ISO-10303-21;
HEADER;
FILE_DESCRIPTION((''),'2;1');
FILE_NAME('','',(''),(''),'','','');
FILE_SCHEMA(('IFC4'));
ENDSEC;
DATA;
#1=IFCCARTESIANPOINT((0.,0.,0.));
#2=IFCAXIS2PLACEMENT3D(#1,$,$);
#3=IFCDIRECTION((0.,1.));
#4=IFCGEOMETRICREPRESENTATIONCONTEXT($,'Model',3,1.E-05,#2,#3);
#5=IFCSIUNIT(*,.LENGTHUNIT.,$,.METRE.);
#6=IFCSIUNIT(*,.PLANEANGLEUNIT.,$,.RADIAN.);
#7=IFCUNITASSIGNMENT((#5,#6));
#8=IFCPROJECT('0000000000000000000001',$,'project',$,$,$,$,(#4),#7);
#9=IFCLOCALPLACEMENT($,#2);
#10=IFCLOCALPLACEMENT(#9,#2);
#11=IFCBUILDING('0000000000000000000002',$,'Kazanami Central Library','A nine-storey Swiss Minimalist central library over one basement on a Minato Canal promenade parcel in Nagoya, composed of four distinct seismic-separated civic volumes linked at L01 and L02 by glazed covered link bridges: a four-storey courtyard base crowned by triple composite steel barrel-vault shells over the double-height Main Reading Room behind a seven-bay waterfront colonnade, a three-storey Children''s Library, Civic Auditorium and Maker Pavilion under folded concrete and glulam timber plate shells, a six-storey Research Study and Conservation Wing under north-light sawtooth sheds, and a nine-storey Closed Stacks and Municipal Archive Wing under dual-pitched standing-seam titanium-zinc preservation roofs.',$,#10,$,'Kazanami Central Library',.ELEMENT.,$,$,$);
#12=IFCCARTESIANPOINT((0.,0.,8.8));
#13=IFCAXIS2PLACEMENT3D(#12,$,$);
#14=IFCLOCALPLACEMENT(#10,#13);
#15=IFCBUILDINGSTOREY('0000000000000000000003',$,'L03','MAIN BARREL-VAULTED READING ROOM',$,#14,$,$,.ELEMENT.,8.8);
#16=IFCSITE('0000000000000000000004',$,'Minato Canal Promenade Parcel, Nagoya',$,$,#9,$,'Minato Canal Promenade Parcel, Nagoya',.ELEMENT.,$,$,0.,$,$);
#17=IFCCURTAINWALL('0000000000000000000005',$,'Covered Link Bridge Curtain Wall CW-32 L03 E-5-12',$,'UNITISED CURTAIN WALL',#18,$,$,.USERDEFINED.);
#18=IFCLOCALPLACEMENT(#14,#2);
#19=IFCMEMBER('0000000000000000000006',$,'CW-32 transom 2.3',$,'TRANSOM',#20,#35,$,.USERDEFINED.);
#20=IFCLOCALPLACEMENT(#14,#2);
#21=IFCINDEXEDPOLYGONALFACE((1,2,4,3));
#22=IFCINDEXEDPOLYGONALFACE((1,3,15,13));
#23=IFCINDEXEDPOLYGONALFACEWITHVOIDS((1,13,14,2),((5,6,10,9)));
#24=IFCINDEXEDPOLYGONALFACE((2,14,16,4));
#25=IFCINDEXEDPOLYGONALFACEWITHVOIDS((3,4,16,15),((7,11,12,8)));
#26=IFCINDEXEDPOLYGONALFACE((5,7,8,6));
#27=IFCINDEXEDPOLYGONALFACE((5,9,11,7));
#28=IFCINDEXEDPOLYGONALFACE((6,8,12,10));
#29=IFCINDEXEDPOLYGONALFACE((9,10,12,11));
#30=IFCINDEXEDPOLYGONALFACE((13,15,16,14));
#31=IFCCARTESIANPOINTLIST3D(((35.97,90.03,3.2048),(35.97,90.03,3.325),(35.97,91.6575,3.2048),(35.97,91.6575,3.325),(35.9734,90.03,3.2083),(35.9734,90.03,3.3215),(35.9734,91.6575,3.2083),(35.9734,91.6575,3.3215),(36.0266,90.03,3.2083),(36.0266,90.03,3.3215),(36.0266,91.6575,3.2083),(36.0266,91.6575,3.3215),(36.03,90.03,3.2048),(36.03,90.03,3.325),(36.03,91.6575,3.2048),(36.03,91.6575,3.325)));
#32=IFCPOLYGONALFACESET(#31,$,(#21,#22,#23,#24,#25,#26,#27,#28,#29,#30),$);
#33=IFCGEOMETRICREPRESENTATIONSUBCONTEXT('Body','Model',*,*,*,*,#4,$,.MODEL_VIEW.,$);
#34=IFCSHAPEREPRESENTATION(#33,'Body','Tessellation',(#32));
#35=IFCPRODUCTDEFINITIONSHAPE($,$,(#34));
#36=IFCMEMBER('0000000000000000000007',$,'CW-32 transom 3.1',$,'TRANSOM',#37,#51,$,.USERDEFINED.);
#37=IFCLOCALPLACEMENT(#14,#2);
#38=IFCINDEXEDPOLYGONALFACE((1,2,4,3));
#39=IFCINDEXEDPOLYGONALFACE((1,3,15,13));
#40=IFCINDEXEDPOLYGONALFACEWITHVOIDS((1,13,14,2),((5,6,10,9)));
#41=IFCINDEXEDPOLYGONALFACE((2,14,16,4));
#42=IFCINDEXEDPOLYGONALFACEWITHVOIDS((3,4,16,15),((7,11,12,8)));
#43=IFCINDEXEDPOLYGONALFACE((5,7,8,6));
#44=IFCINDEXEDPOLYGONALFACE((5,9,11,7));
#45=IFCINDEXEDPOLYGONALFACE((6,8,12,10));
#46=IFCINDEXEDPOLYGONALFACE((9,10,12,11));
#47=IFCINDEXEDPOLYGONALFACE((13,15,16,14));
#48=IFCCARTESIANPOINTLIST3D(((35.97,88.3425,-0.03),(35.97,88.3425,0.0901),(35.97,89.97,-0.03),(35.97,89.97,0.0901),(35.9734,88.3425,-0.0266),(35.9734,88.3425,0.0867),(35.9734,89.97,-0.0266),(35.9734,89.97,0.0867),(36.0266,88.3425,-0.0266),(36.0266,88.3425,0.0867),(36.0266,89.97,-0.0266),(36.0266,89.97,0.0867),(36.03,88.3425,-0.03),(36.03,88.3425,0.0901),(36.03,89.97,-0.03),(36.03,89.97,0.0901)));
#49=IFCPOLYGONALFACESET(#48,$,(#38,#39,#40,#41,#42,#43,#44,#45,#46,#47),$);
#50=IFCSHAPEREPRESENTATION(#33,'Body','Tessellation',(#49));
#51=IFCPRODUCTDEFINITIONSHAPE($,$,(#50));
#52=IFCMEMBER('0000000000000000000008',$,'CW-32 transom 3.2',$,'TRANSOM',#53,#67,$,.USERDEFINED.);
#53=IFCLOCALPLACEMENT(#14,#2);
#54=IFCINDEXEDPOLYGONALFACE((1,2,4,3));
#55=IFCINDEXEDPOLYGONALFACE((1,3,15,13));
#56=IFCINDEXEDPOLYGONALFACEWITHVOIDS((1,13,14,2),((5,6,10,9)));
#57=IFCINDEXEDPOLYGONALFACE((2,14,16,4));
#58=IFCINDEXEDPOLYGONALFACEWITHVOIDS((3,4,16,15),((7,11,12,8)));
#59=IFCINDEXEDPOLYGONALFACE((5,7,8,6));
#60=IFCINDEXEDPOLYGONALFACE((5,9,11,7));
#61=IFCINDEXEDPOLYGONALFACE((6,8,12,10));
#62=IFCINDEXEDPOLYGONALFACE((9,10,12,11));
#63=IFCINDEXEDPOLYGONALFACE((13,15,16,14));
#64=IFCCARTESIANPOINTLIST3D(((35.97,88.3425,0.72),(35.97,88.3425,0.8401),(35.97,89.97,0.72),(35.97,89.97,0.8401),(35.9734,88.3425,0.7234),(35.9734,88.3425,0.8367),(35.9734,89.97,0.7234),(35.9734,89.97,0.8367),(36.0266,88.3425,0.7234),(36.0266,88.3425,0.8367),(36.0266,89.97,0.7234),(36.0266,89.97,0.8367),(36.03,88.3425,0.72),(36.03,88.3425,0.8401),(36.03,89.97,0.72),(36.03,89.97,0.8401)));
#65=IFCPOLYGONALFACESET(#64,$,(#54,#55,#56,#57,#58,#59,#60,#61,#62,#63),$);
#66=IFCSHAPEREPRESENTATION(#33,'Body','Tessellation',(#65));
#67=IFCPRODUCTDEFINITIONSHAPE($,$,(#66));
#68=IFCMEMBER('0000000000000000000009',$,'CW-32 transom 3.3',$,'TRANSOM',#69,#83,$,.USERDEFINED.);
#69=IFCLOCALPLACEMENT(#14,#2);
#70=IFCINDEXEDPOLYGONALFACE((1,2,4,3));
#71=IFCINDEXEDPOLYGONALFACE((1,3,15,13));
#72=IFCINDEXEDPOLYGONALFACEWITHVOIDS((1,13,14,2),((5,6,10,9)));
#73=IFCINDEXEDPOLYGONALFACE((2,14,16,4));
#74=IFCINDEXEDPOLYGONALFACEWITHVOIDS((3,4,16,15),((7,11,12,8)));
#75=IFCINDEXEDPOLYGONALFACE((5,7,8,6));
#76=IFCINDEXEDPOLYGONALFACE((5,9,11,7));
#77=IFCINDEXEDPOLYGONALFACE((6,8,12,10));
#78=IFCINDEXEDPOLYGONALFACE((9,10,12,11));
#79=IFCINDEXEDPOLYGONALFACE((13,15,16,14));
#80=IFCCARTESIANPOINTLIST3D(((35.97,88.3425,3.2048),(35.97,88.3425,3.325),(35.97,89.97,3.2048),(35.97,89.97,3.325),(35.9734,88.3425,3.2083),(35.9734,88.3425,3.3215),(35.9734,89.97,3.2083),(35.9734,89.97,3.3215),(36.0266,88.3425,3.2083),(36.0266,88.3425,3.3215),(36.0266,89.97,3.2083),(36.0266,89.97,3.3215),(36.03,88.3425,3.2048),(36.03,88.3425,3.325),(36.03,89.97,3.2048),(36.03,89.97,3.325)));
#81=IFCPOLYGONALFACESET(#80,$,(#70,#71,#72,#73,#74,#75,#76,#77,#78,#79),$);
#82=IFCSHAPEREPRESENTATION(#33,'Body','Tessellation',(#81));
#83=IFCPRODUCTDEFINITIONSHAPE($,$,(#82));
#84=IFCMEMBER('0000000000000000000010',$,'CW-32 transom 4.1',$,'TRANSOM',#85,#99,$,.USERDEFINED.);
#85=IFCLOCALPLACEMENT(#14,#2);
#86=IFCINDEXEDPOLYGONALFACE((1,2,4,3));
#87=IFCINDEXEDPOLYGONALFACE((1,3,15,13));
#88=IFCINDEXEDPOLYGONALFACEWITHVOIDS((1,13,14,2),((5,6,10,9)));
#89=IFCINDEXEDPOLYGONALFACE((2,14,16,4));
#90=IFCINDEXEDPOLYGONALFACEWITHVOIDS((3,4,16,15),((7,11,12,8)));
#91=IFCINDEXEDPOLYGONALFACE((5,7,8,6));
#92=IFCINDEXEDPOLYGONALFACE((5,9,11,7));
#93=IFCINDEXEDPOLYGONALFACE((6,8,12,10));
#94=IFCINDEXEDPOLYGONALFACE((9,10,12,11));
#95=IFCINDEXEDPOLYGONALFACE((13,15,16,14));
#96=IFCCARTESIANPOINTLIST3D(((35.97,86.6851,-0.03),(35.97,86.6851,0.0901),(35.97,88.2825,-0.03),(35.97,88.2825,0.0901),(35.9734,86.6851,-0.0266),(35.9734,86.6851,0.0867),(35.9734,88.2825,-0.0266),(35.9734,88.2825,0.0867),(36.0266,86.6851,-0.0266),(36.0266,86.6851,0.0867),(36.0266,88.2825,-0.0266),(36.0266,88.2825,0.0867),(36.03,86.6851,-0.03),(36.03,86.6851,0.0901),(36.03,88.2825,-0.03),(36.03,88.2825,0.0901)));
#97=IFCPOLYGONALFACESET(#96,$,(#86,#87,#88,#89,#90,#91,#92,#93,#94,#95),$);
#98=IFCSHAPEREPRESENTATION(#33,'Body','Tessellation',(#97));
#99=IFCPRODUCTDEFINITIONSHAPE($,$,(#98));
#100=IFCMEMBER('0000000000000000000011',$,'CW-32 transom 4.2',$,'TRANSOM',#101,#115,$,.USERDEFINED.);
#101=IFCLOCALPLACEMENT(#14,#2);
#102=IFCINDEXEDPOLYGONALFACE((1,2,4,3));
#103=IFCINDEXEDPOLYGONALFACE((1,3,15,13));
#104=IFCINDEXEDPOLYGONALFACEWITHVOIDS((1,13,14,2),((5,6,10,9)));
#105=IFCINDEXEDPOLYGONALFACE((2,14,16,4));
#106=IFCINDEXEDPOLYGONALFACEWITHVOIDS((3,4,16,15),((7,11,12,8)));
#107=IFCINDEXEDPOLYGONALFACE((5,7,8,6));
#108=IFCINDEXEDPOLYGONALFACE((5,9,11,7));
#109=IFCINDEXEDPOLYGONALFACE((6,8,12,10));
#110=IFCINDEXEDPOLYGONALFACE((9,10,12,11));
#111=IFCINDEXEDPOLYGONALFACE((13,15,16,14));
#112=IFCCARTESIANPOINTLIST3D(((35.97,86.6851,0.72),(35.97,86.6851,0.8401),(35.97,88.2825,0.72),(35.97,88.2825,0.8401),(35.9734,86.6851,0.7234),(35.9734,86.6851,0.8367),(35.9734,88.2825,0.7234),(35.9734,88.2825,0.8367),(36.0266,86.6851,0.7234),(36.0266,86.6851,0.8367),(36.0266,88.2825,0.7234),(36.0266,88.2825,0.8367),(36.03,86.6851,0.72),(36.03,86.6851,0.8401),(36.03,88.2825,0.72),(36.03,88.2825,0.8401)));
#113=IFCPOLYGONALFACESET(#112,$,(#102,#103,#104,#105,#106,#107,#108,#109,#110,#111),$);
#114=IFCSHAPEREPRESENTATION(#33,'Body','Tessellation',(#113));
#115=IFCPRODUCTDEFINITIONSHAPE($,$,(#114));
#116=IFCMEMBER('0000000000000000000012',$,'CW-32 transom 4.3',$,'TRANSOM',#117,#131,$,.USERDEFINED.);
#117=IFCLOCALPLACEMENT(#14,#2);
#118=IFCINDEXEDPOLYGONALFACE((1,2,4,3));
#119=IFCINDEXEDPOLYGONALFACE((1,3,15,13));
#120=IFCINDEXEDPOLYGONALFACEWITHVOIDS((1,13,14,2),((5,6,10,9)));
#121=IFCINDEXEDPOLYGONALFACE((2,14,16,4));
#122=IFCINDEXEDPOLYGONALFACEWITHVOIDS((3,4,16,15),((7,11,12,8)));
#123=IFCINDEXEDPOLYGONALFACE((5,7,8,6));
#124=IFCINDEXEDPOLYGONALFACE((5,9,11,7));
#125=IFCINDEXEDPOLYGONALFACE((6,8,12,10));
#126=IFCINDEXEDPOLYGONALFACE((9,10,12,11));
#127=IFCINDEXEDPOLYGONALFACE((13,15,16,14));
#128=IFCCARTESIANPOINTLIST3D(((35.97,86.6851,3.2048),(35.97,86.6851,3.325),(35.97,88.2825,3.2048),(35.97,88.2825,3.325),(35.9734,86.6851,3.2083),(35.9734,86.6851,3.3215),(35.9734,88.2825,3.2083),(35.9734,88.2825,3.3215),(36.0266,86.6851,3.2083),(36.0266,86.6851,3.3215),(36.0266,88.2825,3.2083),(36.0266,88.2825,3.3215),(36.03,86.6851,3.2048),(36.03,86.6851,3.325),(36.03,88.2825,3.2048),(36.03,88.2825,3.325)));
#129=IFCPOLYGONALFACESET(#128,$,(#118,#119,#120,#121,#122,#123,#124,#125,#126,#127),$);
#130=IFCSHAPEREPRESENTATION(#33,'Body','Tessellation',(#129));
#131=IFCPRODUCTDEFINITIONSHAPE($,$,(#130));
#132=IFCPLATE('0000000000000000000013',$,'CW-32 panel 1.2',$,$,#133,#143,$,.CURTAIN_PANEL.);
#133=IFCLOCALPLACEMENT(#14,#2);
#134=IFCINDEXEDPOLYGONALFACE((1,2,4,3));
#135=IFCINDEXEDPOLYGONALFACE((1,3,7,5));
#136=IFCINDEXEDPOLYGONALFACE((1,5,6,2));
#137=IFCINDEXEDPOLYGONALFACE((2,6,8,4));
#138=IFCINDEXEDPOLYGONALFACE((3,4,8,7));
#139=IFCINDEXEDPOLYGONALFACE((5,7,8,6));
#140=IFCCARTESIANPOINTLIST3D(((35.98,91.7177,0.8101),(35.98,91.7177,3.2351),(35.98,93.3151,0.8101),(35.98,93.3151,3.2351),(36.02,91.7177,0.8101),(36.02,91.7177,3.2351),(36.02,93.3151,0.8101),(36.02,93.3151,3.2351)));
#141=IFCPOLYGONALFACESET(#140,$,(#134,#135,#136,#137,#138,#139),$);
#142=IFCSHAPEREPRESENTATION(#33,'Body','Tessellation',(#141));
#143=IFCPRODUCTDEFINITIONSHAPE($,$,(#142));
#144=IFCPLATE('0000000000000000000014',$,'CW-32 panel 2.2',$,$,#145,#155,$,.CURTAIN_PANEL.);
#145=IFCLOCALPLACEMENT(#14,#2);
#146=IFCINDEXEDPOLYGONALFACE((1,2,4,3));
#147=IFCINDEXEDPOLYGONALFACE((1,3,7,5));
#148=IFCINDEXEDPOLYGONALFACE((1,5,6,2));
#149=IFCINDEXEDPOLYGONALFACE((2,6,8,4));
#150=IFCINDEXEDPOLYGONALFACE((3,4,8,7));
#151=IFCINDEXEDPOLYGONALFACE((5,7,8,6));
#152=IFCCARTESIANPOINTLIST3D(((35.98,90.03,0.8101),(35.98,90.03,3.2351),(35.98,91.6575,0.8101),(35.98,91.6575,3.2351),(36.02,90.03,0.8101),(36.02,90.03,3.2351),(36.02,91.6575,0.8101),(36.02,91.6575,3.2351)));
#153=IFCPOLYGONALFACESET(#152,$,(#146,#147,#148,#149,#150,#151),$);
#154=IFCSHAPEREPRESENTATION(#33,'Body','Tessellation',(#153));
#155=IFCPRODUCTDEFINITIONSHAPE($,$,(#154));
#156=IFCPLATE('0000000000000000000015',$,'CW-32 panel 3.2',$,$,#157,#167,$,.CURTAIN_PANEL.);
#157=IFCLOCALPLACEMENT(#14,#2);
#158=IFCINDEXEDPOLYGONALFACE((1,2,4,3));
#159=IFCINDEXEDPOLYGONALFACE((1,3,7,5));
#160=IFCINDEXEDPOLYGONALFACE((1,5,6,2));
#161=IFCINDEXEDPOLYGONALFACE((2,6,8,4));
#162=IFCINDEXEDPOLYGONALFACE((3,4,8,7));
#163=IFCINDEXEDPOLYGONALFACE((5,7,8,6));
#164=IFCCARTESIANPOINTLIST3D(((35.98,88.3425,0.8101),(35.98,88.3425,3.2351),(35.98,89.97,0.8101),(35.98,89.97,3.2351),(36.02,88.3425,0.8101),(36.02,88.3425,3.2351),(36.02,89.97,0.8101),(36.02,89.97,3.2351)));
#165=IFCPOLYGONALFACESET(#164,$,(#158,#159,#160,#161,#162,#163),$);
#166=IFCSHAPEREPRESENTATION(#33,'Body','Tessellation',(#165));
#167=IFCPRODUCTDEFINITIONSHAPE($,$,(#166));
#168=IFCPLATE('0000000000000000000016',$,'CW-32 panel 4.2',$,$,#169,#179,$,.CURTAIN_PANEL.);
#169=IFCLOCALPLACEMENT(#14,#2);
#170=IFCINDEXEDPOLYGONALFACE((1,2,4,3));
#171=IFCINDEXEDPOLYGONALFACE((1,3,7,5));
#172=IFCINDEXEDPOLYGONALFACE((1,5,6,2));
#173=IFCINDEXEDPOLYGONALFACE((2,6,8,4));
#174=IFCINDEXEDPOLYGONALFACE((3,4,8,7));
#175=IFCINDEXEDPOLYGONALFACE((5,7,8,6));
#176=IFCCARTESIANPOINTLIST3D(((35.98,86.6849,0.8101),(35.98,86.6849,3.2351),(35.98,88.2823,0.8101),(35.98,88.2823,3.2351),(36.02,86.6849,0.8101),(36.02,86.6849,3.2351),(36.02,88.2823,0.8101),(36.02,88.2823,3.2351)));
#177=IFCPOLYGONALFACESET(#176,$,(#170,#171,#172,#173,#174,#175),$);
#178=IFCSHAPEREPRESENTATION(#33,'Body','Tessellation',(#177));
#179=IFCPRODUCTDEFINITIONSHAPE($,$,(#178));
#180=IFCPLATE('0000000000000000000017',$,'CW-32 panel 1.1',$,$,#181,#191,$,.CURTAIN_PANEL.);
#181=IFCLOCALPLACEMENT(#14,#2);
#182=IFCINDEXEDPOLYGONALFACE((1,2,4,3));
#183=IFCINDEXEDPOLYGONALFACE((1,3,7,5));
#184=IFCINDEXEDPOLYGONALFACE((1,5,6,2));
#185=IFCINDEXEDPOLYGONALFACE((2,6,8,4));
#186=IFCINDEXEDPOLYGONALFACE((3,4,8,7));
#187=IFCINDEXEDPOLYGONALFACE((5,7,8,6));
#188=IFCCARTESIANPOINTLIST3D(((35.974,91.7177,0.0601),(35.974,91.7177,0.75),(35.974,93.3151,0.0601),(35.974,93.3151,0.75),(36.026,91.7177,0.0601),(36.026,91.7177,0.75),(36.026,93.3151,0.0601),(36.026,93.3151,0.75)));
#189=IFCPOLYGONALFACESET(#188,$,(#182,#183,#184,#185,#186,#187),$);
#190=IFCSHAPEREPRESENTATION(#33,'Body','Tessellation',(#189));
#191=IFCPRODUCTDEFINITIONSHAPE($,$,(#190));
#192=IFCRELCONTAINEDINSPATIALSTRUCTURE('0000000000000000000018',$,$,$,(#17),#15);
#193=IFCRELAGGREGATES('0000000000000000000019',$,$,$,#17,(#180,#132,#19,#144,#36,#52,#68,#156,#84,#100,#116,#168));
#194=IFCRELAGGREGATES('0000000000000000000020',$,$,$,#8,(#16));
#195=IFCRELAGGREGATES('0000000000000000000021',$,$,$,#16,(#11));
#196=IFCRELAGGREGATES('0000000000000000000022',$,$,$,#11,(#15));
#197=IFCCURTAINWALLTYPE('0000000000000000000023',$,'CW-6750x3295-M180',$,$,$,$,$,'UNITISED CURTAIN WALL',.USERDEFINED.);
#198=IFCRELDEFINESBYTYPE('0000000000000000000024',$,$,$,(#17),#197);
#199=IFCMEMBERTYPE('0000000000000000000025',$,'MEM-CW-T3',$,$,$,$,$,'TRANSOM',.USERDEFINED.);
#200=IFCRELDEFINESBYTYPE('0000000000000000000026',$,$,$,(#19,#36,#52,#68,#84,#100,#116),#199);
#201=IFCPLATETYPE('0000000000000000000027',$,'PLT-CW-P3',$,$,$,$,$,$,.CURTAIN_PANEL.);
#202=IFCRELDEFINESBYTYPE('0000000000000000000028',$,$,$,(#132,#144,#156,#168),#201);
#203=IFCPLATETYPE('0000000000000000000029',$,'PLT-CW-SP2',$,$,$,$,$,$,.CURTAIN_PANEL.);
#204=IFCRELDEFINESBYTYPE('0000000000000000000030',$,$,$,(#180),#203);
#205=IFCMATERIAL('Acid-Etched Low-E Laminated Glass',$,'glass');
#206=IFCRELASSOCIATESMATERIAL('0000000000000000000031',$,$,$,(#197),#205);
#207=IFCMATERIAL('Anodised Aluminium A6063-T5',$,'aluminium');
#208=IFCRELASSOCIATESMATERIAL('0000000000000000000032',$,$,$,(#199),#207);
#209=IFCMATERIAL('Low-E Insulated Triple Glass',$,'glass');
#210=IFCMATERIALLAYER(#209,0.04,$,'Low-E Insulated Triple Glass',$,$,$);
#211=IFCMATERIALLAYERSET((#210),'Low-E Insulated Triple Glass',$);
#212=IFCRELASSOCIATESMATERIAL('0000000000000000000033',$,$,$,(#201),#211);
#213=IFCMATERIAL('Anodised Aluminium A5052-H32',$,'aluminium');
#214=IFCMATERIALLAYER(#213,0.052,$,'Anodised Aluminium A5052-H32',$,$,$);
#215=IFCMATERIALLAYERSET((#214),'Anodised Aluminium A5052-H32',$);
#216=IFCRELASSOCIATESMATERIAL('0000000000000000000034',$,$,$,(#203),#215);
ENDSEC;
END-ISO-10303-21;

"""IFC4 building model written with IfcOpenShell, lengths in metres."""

from ifc_helpers import new_model, si_unit, direction, frame, origin, origin_2d, place, context, subcontext, project, spatial, rectangle, hollow_rectangle, extrude, material, layer, layer_set, material_profile, profile_set, type_object, element, aggregate, save


model = new_model("IFC4")

# Units and contexts
model_context = context("Model", 3, precision=1e-05, world=origin(), true_north=direction((0.0, 1.0)))
body_context = subcontext(model_context, "Body", "Model", "MODEL_VIEW")
ifc_project = project(units=[si_unit("LENGTHUNIT", "METRE"), si_unit("PLANEANGLEUNIT", "RADIAN")], contexts=[model_context])

# Site, building, storey
site_placement = place(None, origin())
site = spatial("IfcSite", under=ifc_project, at=site_placement, Name="Minato Canal Promenade Parcel, Nagoya", LongName="Minato Canal Promenade Parcel, Nagoya", CompositionType="ELEMENT", RefElevation=0.0)
building_placement = place(site_placement, origin())
building = spatial("IfcBuilding", under=site, at=building_placement, Name="Kazanami Central Library", Description="A nine-storey Swiss Minimalist central library over one basement on a Minato Canal promenade parcel in Nagoya, composed of four distinct seismic-separated civic volumes linked at L01 and L02 by glazed covered link bridges: a four-storey courtyard base crowned by triple composite steel barrel-vault shells over the double-height Main Reading Room behind a seven-bay waterfront colonnade, a three-storey Children's Library, Civic Auditorium and Maker Pavilion under folded concrete and glulam timber plate shells, a six-storey Research Study and Conservation Wing under north-light sawtooth sheds, and a nine-storey Closed Stacks and Municipal Archive Wing under dual-pitched standing-seam titanium-zinc preservation roofs.", LongName="Kazanami Central Library", CompositionType="ELEMENT")
storey_placement = place(building_placement, frame((0.0, 0.0, 8.8)))
storey = spatial("IfcBuildingStorey", under=building, at=storey_placement, Name="L03", Description="MAIN BARREL-VAULTED READING ROOM", CompositionType="ELEMENT", Elevation=8.8)

# Shared definitions
ifc_material_1 = material(Name="Acid-Etched Low-E Laminated Glass", Category="glass")
curtain_wall_type = type_object("IfcCurtainWallType", Name="CW-6750x3295-M180", ElementType="UNITISED CURTAIN WALL", PredefinedType="USERDEFINED", material=ifc_material_1)
ifc_material_2 = material(Name="Anodised Aluminium A6063-T5", Category="aluminium")

# Curtain wall
curtain_wall_1_placement = place(storey_placement, origin())
curtain_wall_1 = element("IfcCurtainWall", 1, at=curtain_wall_1_placement, inside=storey, type_object=curtain_wall_type, Name="Covered Link Bridge Curtain Wall CW-32 L03 E-5-12", ObjectType="UNITISED CURTAIN WALL", PredefinedType="USERDEFINED")

# Members
ifc_material_profile_1 = material_profile(ifc_material_2, hollow_rectangle(XDim=0.0601, YDim=0.1201, WallThickness=0.0034, at=origin_2d()), Name="ALU-TRAN-60x120x3.5")
ifc_profile_set_1 = profile_set([ifc_material_profile_1], Name="Anodised Aluminium A6063-T5")
member_type_1 = type_object("IfcMemberType", Name="MEM-CW-T3", ElementType="TRANSOM", PredefinedType="USERDEFINED", material=ifc_profile_set_1)
member_1_placement = place(storey_placement, frame((36.0, 91.6575, 3.2649), z_axis=(0.0, -1.0, 0.0), x_axis=(1.0, 0.0, 0.0)))
member_1 = element("IfcMember", 2, at=member_1_placement, type_object=member_type_1, Name="CW-32 transom 2.3", ObjectType="TRANSOM", PredefinedType="USERDEFINED", context=body_context, shape_type="SweptSolid", body=[
    extrude(hollow_rectangle(XDim=0.0601, YDim=0.1201, WallThickness=0.0034, at=origin_2d()), origin(), (0.0, 0.0, 1.0), 1.6274),
])
member_2_placement = place(storey_placement, frame((36.0, 89.97, 0.03), z_axis=(0.0, -1.0, 0.0), x_axis=(1.0, 0.0, 0.0)))
member_2 = element("IfcMember", 3, at=member_2_placement, type_object=member_type_1, Name="CW-32 transom 3.1", ObjectType="TRANSOM", PredefinedType="USERDEFINED", context=body_context, shape_type="SweptSolid", body=[
    extrude(hollow_rectangle(XDim=0.0601, YDim=0.1201, WallThickness=0.0034, at=origin_2d()), origin(), (0.0, 0.0, 1.0), 1.6274),
])
member_3_placement = place(storey_placement, frame((36.0, 89.97, 0.78), z_axis=(0.0, -1.0, 0.0), x_axis=(1.0, 0.0, 0.0)))
member_3 = element("IfcMember", 4, at=member_3_placement, type_object=member_type_1, Name="CW-32 transom 3.2", ObjectType="TRANSOM", PredefinedType="USERDEFINED", context=body_context, shape_type="SweptSolid", body=[
    extrude(hollow_rectangle(XDim=0.0601, YDim=0.1201, WallThickness=0.0034, at=origin_2d()), origin(), (0.0, 0.0, 1.0), 1.6274),
])
member_4_placement = place(storey_placement, frame((36.0, 89.97, 3.2649), z_axis=(0.0, -1.0, 0.0), x_axis=(1.0, 0.0, 0.0)))
member_4 = element("IfcMember", 5, at=member_4_placement, type_object=member_type_1, Name="CW-32 transom 3.3", ObjectType="TRANSOM", PredefinedType="USERDEFINED", context=body_context, shape_type="SweptSolid", body=[
    extrude(hollow_rectangle(XDim=0.0601, YDim=0.1201, WallThickness=0.0034, at=origin_2d()), origin(), (0.0, 0.0, 1.0), 1.6274),
])
member_5_placement = place(storey_placement, frame((36.0, 88.2825, 0.03), z_axis=(0.0, -1.0, 0.0), x_axis=(1.0, 0.0, 0.0)))
member_5 = element("IfcMember", 6, at=member_5_placement, type_object=member_type_1, Name="CW-32 transom 4.1", ObjectType="TRANSOM", PredefinedType="USERDEFINED", context=body_context, shape_type="SweptSolid", body=[
    extrude(hollow_rectangle(XDim=0.0601, YDim=0.1201, WallThickness=0.0034, at=origin_2d()), origin(), (0.0, 0.0, 1.0), 1.5974),
])
member_6_placement = place(storey_placement, frame((36.0, 88.2825, 0.78), z_axis=(0.0, -1.0, 0.0), x_axis=(1.0, 0.0, 0.0)))
member_6 = element("IfcMember", 7, at=member_6_placement, type_object=member_type_1, Name="CW-32 transom 4.2", ObjectType="TRANSOM", PredefinedType="USERDEFINED", context=body_context, shape_type="SweptSolid", body=[
    extrude(hollow_rectangle(XDim=0.0601, YDim=0.1201, WallThickness=0.0034, at=origin_2d()), origin(), (0.0, 0.0, 1.0), 1.5974),
])
member_7_placement = place(storey_placement, frame((36.0, 88.2825, 3.2649), z_axis=(0.0, -1.0, 0.0), x_axis=(1.0, 0.0, 0.0)))
member_7 = element("IfcMember", 8, at=member_7_placement, type_object=member_type_1, Name="CW-32 transom 4.3", ObjectType="TRANSOM", PredefinedType="USERDEFINED", context=body_context, shape_type="SweptSolid", body=[
    extrude(hollow_rectangle(XDim=0.0601, YDim=0.1201, WallThickness=0.0034, at=origin_2d()), origin(), (0.0, 0.0, 1.0), 1.5974),
])

# Plates
ifc_material_3 = material(Name="Low-E Insulated Triple Glass", Category="glass")
ifc_layer_1 = layer(ifc_material_3, 0.04, Name="Low-E Insulated Triple Glass")
ifc_layer_set_1 = layer_set([ifc_layer_1], Name="Low-E Insulated Triple Glass")
plate_type_1 = type_object("IfcPlateType", Name="PLT-CW-P3", PredefinedType="CURTAIN_PANEL", material=ifc_layer_set_1)
plate_1_placement = place(storey_placement, frame((36.0, 92.5164, 0.8101), z_axis=(0.0, 0.0, 1.0), x_axis=(0.0, -1.0, 0.0)))
plate_1 = element("IfcPlate", 9, at=plate_1_placement, type_object=plate_type_1, Name="CW-32 panel 1.2", PredefinedType="CURTAIN_PANEL", context=body_context, shape_type="SweptSolid", body=[
    extrude(rectangle(XDim=1.5974, YDim=0.04, at=origin_2d()), origin(), (0.0, 0.0, 1.0), 2.425),
])
plate_2_placement = place(storey_placement, frame((36.0, 90.8438, 0.8101), z_axis=(0.0, 0.0, 1.0), x_axis=(0.0, -1.0, 0.0)))
plate_2 = element("IfcPlate", 10, at=plate_2_placement, type_object=plate_type_1, Name="CW-32 panel 2.2", PredefinedType="CURTAIN_PANEL", context=body_context, shape_type="SweptSolid", body=[
    extrude(rectangle(XDim=1.6274, YDim=0.04, at=origin_2d()), origin(), (0.0, 0.0, 1.0), 2.425),
])
plate_3_placement = place(storey_placement, frame((36.0, 89.1562, 0.8101), z_axis=(0.0, 0.0, 1.0), x_axis=(0.0, -1.0, 0.0)))
plate_3 = element("IfcPlate", 11, at=plate_3_placement, type_object=plate_type_1, Name="CW-32 panel 3.2", PredefinedType="CURTAIN_PANEL", context=body_context, shape_type="SweptSolid", body=[
    extrude(rectangle(XDim=1.6274, YDim=0.04, at=origin_2d()), origin(), (0.0, 0.0, 1.0), 2.425),
])
plate_4_placement = place(storey_placement, frame((36.0, 87.4836, 0.8101), z_axis=(0.0, 0.0, 1.0), x_axis=(0.0, -1.0, 0.0)))
plate_4 = element("IfcPlate", 12, at=plate_4_placement, type_object=plate_type_1, Name="CW-32 panel 4.2", PredefinedType="CURTAIN_PANEL", context=body_context, shape_type="SweptSolid", body=[
    extrude(rectangle(XDim=1.5974, YDim=0.04, at=origin_2d()), origin(), (0.0, 0.0, 1.0), 2.425),
])
ifc_material_4 = material(Name="Anodised Aluminium A5052-H32", Category="aluminium")
ifc_layer_2 = layer(ifc_material_4, 0.052, Name="Anodised Aluminium A5052-H32")
ifc_layer_set_2 = layer_set([ifc_layer_2], Name="Anodised Aluminium A5052-H32")
plate_type_2 = type_object("IfcPlateType", Name="PLT-CW-SP2", PredefinedType="CURTAIN_PANEL", material=ifc_layer_set_2)
plate_5_placement = place(storey_placement, frame((36.0, 92.5164, 0.0601), z_axis=(0.0, 0.0, 1.0), x_axis=(0.0, -1.0, 0.0)))
plate_5 = element("IfcPlate", 13, at=plate_5_placement, type_object=plate_type_2, Name="CW-32 panel 1.1", PredefinedType="CURTAIN_PANEL", context=body_context, shape_type="SweptSolid", body=[
    extrude(rectangle(XDim=1.5974, YDim=0.052, at=origin_2d()), origin(), (0.0, 0.0, 1.0), 0.6899),
])
aggregate(curtain_wall_1, [plate_5, plate_1, member_1, plate_2, member_2, member_3, member_4, plate_3, member_5, member_6, member_7, plate_4])

save(model, "model.ifc")
